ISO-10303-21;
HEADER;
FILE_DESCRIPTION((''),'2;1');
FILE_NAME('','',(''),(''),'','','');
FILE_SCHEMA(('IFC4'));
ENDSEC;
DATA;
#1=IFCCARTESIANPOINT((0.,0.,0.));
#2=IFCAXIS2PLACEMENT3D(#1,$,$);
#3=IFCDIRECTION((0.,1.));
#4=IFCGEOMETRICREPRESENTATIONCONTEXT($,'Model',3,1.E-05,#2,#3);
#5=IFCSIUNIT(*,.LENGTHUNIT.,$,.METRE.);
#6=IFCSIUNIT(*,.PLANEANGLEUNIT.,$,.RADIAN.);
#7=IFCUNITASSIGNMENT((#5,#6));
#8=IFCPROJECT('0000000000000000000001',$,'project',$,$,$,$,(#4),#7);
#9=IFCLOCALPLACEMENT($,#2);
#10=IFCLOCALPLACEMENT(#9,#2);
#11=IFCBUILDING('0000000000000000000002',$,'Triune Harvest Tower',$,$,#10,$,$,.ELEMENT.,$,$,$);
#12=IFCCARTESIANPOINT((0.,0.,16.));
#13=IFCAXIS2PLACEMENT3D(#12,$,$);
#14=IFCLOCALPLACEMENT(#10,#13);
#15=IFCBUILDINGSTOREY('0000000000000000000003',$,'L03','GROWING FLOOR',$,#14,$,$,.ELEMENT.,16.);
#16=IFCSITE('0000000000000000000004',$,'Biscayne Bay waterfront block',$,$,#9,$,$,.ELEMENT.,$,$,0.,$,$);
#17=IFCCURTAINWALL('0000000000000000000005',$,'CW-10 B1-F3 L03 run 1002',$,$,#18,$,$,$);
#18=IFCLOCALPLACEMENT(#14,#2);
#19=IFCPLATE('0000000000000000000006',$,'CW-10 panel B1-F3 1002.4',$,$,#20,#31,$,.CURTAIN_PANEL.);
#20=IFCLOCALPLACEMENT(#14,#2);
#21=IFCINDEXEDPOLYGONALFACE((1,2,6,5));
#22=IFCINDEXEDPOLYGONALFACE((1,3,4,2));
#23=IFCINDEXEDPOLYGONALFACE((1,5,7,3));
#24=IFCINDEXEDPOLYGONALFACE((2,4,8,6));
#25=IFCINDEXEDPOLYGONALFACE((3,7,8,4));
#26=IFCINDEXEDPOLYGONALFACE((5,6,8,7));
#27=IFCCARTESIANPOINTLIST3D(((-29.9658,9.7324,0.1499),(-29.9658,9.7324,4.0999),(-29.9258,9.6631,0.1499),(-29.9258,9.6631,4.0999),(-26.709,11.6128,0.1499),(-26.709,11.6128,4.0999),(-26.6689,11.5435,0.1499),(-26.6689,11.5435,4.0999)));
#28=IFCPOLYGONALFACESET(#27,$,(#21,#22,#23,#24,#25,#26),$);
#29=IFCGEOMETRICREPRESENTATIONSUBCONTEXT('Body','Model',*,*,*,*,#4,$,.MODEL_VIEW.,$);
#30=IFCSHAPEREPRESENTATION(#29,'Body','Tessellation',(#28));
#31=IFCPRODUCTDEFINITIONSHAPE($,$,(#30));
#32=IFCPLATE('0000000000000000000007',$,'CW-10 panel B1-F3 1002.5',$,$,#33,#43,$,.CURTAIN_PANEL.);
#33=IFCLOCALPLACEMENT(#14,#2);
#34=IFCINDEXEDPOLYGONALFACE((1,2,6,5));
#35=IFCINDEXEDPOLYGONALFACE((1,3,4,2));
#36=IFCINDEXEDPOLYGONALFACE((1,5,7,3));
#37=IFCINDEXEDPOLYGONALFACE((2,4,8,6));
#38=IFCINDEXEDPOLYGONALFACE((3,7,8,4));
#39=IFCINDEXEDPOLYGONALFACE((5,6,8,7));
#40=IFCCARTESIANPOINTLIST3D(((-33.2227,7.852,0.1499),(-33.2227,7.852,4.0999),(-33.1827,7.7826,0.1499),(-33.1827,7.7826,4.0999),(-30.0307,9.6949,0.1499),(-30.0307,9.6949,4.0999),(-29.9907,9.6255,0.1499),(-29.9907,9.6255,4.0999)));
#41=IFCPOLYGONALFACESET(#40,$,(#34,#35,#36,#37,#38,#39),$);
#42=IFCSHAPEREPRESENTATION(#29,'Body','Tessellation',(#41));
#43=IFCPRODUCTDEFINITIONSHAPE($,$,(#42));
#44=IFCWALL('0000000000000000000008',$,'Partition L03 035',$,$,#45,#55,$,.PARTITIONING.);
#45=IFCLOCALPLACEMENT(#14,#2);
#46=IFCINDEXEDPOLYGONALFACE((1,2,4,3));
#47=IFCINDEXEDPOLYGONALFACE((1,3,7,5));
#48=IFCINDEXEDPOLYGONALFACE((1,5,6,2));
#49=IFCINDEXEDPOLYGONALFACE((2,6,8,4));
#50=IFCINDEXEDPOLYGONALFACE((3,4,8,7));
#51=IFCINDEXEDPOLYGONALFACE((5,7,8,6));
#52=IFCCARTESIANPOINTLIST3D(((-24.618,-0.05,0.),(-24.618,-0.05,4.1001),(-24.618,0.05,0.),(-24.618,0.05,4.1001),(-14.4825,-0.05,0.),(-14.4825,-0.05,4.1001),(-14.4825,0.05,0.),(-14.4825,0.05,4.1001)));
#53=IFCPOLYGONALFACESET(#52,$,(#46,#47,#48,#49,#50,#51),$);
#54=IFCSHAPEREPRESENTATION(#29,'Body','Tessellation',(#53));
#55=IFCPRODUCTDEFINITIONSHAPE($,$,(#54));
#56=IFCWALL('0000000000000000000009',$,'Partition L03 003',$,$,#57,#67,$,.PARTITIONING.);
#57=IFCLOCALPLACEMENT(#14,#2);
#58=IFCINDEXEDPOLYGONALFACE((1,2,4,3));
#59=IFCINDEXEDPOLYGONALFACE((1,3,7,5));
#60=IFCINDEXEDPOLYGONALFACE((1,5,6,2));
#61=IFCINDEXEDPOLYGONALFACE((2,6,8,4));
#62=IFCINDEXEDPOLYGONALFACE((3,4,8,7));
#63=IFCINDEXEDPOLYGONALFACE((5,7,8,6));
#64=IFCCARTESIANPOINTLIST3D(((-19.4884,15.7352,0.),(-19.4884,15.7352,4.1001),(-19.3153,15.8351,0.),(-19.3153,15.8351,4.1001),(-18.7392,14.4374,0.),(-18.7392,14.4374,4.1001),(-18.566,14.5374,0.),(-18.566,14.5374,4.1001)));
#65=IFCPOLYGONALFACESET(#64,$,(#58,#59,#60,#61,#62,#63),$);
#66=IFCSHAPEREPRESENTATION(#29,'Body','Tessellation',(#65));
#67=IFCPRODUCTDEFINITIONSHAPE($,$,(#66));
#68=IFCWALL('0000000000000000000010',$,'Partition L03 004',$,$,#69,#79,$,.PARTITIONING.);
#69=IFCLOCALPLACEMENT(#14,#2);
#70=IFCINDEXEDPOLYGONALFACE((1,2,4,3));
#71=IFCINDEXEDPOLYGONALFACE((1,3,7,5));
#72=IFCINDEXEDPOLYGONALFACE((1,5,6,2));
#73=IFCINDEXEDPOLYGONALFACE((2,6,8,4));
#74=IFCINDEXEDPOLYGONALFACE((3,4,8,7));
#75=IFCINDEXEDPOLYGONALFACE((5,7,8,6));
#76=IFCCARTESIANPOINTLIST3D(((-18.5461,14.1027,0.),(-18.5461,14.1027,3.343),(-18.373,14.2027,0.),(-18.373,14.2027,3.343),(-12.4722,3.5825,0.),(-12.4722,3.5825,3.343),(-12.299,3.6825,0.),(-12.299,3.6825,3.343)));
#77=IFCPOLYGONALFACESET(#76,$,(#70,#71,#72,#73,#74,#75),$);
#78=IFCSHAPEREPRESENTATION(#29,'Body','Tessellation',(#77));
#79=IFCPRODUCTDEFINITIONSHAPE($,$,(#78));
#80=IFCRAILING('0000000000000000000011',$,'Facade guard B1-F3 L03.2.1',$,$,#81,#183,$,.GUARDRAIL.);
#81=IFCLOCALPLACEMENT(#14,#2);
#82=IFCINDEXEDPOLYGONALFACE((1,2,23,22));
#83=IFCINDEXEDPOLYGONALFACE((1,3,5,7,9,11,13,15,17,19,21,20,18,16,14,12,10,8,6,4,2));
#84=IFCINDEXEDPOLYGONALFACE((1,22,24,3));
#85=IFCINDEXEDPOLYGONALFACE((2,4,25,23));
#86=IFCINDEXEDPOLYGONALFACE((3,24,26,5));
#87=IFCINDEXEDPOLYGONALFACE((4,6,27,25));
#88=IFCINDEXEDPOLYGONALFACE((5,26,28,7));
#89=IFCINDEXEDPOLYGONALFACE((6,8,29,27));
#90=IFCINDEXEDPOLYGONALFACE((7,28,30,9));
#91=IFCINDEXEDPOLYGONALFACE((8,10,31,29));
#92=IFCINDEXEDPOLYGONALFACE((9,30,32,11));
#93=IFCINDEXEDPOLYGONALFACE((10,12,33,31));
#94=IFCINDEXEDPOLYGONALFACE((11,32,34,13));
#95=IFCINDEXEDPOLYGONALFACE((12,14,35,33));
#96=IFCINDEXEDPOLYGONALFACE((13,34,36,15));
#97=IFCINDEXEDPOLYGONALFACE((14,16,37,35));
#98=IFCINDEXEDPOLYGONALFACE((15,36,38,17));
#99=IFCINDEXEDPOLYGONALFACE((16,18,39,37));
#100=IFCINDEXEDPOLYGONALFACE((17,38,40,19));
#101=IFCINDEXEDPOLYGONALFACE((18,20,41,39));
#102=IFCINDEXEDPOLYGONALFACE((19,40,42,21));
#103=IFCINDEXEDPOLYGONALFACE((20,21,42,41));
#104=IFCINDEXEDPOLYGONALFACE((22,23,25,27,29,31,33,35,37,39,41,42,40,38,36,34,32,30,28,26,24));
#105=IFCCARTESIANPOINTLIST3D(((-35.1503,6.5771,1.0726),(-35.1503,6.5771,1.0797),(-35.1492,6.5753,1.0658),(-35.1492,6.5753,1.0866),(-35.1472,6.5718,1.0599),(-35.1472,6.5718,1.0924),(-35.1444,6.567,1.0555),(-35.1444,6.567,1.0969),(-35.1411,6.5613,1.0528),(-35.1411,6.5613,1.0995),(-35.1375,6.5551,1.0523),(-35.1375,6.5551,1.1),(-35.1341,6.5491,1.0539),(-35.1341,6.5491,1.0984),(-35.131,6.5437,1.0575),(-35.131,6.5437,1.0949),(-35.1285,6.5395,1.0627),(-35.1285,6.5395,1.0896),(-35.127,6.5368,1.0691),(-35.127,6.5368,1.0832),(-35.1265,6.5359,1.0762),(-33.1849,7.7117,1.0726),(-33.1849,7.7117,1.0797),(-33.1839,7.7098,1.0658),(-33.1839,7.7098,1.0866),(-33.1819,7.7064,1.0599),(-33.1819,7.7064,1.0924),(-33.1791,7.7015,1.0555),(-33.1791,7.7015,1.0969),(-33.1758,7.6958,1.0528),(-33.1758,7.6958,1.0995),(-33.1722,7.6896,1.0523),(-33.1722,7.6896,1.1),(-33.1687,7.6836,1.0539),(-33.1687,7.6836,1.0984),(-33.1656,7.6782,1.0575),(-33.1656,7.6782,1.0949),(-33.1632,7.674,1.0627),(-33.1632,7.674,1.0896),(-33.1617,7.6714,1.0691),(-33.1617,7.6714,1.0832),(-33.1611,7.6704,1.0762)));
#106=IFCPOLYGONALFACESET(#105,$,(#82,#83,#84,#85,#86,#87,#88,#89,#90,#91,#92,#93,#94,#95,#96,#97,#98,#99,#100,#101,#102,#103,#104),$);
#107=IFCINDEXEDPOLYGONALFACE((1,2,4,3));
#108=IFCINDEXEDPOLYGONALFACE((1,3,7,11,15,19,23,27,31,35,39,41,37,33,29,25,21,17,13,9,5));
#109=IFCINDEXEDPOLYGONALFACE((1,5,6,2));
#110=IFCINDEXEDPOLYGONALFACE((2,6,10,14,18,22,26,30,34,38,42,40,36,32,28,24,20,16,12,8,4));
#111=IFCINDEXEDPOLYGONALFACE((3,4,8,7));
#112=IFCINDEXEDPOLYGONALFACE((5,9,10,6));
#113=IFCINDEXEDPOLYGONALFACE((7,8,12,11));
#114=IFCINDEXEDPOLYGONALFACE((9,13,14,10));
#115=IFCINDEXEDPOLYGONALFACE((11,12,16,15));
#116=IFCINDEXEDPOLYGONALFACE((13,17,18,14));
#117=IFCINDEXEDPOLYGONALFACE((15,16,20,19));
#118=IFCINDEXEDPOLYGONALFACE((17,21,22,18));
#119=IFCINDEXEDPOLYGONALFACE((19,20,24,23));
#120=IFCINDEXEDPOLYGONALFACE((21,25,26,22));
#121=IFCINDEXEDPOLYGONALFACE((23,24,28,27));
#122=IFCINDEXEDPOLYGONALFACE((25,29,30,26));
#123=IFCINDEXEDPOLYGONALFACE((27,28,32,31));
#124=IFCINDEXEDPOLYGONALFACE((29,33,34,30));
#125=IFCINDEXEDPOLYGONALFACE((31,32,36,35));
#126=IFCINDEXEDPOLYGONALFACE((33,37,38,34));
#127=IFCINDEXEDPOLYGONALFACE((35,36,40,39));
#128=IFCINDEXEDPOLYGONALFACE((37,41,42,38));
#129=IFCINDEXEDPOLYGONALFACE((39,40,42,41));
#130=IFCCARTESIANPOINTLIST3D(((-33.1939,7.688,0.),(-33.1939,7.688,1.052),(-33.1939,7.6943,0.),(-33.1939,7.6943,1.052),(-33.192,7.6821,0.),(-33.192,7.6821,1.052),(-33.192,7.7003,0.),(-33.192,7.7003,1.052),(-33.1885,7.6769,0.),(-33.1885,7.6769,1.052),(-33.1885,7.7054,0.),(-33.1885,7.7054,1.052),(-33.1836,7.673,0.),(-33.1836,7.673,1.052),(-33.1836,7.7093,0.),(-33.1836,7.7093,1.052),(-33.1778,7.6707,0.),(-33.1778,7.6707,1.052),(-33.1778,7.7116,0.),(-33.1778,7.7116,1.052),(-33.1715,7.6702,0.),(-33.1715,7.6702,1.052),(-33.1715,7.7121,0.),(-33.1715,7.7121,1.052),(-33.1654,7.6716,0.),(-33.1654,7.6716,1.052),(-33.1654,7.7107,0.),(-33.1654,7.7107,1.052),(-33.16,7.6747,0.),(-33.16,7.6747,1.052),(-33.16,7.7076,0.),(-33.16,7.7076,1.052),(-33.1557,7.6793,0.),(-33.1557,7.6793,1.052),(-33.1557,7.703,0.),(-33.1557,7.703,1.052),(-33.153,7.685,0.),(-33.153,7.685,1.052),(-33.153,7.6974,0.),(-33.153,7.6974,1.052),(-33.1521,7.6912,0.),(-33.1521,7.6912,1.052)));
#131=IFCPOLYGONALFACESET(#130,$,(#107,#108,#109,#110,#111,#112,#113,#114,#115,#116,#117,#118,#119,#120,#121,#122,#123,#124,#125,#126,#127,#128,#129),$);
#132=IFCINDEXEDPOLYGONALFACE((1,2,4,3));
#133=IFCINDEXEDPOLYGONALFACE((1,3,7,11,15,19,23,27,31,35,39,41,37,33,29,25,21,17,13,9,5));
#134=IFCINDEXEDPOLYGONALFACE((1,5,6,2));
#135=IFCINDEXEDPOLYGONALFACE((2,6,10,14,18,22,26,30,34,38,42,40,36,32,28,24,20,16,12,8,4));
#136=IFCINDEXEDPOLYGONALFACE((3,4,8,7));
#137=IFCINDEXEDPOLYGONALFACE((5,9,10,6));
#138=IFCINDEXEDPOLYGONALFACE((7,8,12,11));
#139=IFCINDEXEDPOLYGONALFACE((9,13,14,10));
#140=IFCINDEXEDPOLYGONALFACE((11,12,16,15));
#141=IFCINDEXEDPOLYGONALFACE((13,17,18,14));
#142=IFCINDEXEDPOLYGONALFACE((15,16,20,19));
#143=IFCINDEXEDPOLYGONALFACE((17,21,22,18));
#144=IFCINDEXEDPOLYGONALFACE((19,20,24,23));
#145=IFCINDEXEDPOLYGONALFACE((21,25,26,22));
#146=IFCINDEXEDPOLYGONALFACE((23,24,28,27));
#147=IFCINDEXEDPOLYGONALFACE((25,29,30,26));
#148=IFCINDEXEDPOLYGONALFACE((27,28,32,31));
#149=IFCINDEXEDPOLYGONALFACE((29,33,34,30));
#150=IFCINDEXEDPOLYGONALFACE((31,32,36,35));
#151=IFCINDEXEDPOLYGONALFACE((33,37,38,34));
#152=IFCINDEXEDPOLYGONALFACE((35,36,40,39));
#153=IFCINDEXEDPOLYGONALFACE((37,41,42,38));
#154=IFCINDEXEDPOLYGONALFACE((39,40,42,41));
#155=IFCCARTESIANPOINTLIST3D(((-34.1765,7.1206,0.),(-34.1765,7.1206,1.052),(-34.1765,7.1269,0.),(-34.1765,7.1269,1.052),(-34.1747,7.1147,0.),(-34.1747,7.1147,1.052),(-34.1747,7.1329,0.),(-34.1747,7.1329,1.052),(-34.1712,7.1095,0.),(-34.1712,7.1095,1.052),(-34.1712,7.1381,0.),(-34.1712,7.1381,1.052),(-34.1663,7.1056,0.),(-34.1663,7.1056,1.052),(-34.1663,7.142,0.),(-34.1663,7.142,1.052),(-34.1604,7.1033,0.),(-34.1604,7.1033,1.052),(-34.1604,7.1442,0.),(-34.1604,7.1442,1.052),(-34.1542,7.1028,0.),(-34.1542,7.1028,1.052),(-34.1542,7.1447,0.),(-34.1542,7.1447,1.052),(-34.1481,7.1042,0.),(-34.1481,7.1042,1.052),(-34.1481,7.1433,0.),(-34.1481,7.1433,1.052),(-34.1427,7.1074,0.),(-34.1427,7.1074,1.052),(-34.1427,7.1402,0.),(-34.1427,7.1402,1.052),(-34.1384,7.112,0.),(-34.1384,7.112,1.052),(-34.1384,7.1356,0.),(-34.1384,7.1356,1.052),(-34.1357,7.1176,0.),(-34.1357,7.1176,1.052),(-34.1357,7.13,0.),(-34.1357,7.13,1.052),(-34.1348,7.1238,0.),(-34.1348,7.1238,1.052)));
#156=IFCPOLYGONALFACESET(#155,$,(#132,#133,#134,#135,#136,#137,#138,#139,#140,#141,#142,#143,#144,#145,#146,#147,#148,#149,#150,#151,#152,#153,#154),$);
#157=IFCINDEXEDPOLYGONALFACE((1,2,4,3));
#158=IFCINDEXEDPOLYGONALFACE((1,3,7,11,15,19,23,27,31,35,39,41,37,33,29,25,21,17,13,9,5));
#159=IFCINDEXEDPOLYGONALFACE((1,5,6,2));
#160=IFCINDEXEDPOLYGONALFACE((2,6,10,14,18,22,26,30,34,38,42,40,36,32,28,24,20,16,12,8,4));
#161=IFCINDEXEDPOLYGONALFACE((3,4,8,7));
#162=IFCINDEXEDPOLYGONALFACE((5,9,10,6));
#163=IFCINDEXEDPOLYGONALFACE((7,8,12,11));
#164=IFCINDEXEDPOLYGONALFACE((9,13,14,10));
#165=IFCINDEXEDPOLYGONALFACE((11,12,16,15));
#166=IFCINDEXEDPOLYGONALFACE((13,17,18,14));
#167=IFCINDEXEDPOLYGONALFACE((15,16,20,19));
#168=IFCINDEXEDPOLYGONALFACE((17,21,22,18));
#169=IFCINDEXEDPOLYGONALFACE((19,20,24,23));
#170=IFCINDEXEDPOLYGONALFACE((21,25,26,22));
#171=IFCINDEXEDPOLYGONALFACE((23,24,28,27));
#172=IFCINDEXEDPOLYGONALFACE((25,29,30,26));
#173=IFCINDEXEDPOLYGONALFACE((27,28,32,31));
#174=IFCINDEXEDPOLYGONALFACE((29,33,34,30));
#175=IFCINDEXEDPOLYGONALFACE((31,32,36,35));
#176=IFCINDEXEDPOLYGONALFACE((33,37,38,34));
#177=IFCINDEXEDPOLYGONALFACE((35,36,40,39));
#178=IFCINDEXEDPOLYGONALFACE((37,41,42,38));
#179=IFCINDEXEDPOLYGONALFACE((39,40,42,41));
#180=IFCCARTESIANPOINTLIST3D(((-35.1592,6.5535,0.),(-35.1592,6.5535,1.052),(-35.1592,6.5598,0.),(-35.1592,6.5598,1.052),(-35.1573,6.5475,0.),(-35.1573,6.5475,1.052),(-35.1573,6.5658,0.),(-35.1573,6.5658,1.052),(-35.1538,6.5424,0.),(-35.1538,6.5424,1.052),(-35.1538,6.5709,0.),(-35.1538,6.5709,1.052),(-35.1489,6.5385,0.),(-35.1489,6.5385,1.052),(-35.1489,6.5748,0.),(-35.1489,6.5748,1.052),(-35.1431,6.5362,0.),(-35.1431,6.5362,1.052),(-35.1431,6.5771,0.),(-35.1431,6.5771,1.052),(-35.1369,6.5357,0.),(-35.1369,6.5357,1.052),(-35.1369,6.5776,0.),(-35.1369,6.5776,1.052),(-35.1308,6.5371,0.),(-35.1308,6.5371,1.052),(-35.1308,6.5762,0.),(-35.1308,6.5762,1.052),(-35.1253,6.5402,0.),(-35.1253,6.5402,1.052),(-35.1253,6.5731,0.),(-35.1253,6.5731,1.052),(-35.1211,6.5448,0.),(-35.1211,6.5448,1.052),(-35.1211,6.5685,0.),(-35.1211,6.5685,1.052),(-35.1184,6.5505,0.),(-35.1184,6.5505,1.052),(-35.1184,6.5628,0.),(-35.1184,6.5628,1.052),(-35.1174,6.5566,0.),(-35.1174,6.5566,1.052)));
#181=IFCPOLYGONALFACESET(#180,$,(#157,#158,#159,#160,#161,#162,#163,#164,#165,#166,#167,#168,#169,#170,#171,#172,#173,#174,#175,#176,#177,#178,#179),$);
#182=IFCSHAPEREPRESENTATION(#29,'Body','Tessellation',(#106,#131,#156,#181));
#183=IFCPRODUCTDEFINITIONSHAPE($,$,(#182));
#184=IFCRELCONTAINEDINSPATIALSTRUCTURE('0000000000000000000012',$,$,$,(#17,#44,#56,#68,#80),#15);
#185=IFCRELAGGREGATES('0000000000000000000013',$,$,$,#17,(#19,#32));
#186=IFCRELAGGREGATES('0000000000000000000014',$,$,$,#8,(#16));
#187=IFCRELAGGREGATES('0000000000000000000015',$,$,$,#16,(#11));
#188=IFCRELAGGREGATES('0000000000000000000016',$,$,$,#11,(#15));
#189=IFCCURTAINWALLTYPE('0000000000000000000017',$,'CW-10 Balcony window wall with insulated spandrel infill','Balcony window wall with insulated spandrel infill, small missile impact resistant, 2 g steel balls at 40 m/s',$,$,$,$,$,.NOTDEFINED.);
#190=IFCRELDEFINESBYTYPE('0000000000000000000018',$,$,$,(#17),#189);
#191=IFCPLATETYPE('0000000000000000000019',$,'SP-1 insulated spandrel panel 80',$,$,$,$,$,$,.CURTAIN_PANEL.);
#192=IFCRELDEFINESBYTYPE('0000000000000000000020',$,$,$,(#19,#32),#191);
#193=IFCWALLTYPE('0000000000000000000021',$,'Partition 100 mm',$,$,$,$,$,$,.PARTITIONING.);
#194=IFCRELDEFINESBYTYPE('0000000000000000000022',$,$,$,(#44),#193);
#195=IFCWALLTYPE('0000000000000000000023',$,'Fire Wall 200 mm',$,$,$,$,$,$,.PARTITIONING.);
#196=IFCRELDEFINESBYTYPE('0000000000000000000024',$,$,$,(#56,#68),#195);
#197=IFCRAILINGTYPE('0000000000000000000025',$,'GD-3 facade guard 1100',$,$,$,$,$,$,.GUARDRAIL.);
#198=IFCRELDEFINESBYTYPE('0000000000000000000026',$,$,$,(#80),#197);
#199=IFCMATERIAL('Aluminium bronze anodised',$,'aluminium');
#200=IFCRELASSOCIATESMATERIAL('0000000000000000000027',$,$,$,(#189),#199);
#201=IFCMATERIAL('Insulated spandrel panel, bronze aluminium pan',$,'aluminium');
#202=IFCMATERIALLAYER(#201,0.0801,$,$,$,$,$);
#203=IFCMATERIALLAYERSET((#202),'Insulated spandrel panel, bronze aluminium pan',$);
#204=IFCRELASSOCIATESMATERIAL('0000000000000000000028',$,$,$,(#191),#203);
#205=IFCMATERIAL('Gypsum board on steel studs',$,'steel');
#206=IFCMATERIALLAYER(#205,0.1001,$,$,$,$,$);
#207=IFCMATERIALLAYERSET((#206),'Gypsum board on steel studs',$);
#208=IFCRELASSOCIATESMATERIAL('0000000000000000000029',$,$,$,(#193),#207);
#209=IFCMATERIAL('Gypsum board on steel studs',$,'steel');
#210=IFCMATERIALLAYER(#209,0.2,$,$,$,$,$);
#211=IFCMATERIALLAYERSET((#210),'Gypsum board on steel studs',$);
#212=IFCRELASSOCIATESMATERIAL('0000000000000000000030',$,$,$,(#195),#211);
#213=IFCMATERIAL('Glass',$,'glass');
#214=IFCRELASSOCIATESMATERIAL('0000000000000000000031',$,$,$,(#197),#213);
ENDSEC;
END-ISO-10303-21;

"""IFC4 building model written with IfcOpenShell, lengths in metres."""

from ifc_helpers import new_model, si_unit, direction, frame, frame_2d, origin, origin_2d, place, context, subcontext, project, spatial, rectangle, circle, extrude, source, transform, mapped, material, layer, layer_set, type_object, element, aggregate, save


model = new_model("IFC4")

# Units and contexts
model_context = context("Model", 3, precision=1e-05, world=origin(), true_north=direction((0.0, 1.0)))
body_context = subcontext(model_context, "Body", "Model", "MODEL_VIEW")
ifc_project = project(units=[si_unit("LENGTHUNIT", "METRE"), si_unit("PLANEANGLEUNIT", "RADIAN")], contexts=[model_context])

# Site, building, storey
site_placement = place(None, origin())
site = spatial("IfcSite", under=ifc_project, at=site_placement, Name="Biscayne Bay waterfront block", CompositionType="ELEMENT", RefElevation=0.0)
building_placement = place(site_placement, origin())
building = spatial("IfcBuilding", under=site, at=building_placement, Name="Triune Harvest Tower", CompositionType="ELEMENT")
storey_placement = place(building_placement, frame((0.0, 0.0, 16.0)))
storey = spatial("IfcBuildingStorey", under=building, at=storey_placement, Name="L03", Description="GROWING FLOOR", CompositionType="ELEMENT", Elevation=16.0)

# Curtain wall
ifc_material_1 = material(Name="Aluminium bronze anodised", Category="aluminium")
curtain_wall_type_1 = type_object("IfcCurtainWallType", Name="CW-10 Balcony window wall with insulated spandrel infill", Description="Balcony window wall with insulated spandrel infill, small missile impact resistant, 2 g steel balls at 40 m/s", PredefinedType="NOTDEFINED", material=ifc_material_1)
curtain_wall_1_placement = place(storey_placement, origin())
curtain_wall_1 = element("IfcCurtainWall", 1, at=curtain_wall_1_placement, inside=storey, type_object=curtain_wall_type_1, Name="CW-10 B1-F3 L03 run 1002")

# Plates
ifc_material_2 = material(Name="Insulated spandrel panel, bronze aluminium pan", Category="aluminium")
ifc_layer_1 = layer(ifc_material_2, 0.0801)
ifc_layer_set_1 = layer_set([ifc_layer_1], Name="Insulated spandrel panel, bronze aluminium pan")
plate_type = type_object("IfcPlateType", Name="SP-1 insulated spandrel panel 80", PredefinedType="CURTAIN_PANEL", material=ifc_layer_set_1)
shared_shape_1 = source(origin(), body_context, "Body", "SweptSolid", [
    extrude(rectangle(XDim=3.7607, YDim=0.0801, at=origin_2d()), origin(), (0.0, 0.0, 1.0), 3.95),
])
plate_1_placement = place(storey_placement, frame((-28.3174, 10.6379, 0.1499), z_axis=(0.0, 0.0, 1.0), x_axis=(-0.866023, -0.500004, 0.0)))
plate_1 = element("IfcPlate", 2, at=plate_1_placement, type_object=plate_type, Name="CW-10 panel B1-F3 1002.4", PredefinedType="CURTAIN_PANEL", context=body_context, shape_type="MappedRepresentation", body=[
    mapped(shared_shape_1, transform((0.0, 0.0, 0.0), scale=1.0)),
])
shared_shape_2 = source(origin(), body_context, "Body", "SweptSolid", [
    extrude(rectangle(XDim=3.6858, YDim=0.0801, at=origin_2d()), origin(), (0.0, 0.0, 1.0), 3.95),
])
plate_2_placement = place(storey_placement, frame((-31.6067, 8.7388, 0.1499), z_axis=(0.0, 0.0, 1.0), x_axis=(-0.866023, -0.500004, 0.0)))
plate_2 = element("IfcPlate", 3, at=plate_2_placement, type_object=plate_type, Name="CW-10 panel B1-F3 1002.5", PredefinedType="CURTAIN_PANEL", context=body_context, shape_type="MappedRepresentation", body=[
    mapped(shared_shape_2, transform((0.0, 0.0, 0.0), scale=1.0)),
])
aggregate(curtain_wall_1, [plate_1, plate_2])

# Walls
ifc_material_3 = material(Name="Gypsum board on steel studs", Category="steel")
ifc_layer_2 = layer(ifc_material_3, 0.1001)
ifc_layer_set_2 = layer_set([ifc_layer_2], Name="Gypsum board on steel studs")
wall_type_1 = type_object("IfcWallType", Name="Partition 100 mm", PredefinedType="PARTITIONING", material=ifc_layer_set_2)
wall_1_placement = place(storey_placement, frame((-24.6182, 0.0, 0.0), z_axis=(0.0, 0.0, 1.0), x_axis=(1.0, 0.0, 0.0)))
element("IfcWall", 4, at=wall_1_placement, inside=storey, type_object=wall_type_1, Name="Partition L03 035", PredefinedType="PARTITIONING", context=body_context, shape_type="SweptSolid", body=[
    extrude(rectangle(XDim=10.1355, YDim=0.1001, at=frame_2d((5.0679, 0.0))), origin(), (0.0, 0.0, 1.0), 4.1001),
])
ifc_material_4 = material(Name="Gypsum board on steel studs", Category="steel")
ifc_layer_3 = layer(ifc_material_4, 0.2)
ifc_layer_set_3 = layer_set([ifc_layer_3], Name="Gypsum board on steel studs")
wall_type_2 = type_object("IfcWallType", Name="Fire Wall 200 mm", PredefinedType="PARTITIONING", material=ifc_layer_set_3)
shared_shape_3 = source(origin(), body_context, "Body", "SweptSolid", [
    extrude(rectangle(XDim=1.4985, YDim=0.2, at=frame_2d((0.7493, 0.0))), origin(), (0.0, 0.0, 1.0), 4.1001),
])
wall_2_placement = place(storey_placement, frame((-19.4019, 15.7852, 0.0), z_axis=(0.0, 0.0, 1.0), x_axis=(0.499976, -0.866039, 0.0)))
element("IfcWall", 5, at=wall_2_placement, inside=storey, type_object=wall_type_2, Name="Partition L03 003", PredefinedType="PARTITIONING", context=body_context, shape_type="MappedRepresentation", body=[
    mapped(shared_shape_3, transform((0.0, 0.0, 0.0), scale=1.0)),
])
shared_shape_4 = source(origin(), body_context, "Body", "SweptSolid", [
    extrude(rectangle(XDim=12.1477, YDim=0.2, at=frame_2d((6.0737, 0.0))), origin(), (0.0, 0.0, 1.0), 3.343),
])
wall_3_placement = place(storey_placement, frame((-18.4595, 14.1526, 0.0), z_axis=(0.0, 0.0, 1.0), x_axis=(0.500006, -0.866022, 0.0)))
element("IfcWall", 6, at=wall_3_placement, inside=storey, type_object=wall_type_2, Name="Partition L03 004", PredefinedType="PARTITIONING", context=body_context, shape_type="MappedRepresentation", body=[
    mapped(shared_shape_4, transform((0.0, 0.0, 0.0), scale=1.0)),
])

# Railing
ifc_material_5 = material(Name="Glass", Category="glass")
railing_type = type_object("IfcRailingType", Name="GD-3 facade guard 1100", PredefinedType="GUARDRAIL", material=ifc_material_5)
shared_shape_5 = source(origin(), body_context, "Body", "SweptSolid", [
    extrude(circle(Radius=0.0239, at=origin_2d()), frame((0.0, 0.0, 1.0762), z_axis=(-0.866057, -0.499946, 0.0), x_axis=(0.499946, -0.866057, 0.0)), (0.0, 0.0, 1.0), 2.2693),
    extrude(circle(Radius=0.021, at=origin_2d()), origin(), (0.0, 0.0, 1.0), 1.052),
    extrude(circle(Radius=0.021, at=origin_2d()), frame((-0.9827, -0.5674, 0.0)), (0.0, 0.0, 1.0), 1.052),
    extrude(circle(Radius=0.021, at=origin_2d()), frame((-1.9653, -1.1345, 0.0)), (0.0, 0.0, 1.0), 1.052),
])
railing_placement = place(storey_placement, frame((-33.1731, 7.6912, 0.0)))
element("IfcRailing", 7, at=railing_placement, inside=storey, type_object=railing_type, Name="Facade guard B1-F3 L03.2.1", PredefinedType="GUARDRAIL", context=body_context, shape_type="MappedRepresentation", body=[
    mapped(shared_shape_5, transform((0.0, 0.0, 0.0), scale=1.0)),
])

save(model, "model.ifc")
